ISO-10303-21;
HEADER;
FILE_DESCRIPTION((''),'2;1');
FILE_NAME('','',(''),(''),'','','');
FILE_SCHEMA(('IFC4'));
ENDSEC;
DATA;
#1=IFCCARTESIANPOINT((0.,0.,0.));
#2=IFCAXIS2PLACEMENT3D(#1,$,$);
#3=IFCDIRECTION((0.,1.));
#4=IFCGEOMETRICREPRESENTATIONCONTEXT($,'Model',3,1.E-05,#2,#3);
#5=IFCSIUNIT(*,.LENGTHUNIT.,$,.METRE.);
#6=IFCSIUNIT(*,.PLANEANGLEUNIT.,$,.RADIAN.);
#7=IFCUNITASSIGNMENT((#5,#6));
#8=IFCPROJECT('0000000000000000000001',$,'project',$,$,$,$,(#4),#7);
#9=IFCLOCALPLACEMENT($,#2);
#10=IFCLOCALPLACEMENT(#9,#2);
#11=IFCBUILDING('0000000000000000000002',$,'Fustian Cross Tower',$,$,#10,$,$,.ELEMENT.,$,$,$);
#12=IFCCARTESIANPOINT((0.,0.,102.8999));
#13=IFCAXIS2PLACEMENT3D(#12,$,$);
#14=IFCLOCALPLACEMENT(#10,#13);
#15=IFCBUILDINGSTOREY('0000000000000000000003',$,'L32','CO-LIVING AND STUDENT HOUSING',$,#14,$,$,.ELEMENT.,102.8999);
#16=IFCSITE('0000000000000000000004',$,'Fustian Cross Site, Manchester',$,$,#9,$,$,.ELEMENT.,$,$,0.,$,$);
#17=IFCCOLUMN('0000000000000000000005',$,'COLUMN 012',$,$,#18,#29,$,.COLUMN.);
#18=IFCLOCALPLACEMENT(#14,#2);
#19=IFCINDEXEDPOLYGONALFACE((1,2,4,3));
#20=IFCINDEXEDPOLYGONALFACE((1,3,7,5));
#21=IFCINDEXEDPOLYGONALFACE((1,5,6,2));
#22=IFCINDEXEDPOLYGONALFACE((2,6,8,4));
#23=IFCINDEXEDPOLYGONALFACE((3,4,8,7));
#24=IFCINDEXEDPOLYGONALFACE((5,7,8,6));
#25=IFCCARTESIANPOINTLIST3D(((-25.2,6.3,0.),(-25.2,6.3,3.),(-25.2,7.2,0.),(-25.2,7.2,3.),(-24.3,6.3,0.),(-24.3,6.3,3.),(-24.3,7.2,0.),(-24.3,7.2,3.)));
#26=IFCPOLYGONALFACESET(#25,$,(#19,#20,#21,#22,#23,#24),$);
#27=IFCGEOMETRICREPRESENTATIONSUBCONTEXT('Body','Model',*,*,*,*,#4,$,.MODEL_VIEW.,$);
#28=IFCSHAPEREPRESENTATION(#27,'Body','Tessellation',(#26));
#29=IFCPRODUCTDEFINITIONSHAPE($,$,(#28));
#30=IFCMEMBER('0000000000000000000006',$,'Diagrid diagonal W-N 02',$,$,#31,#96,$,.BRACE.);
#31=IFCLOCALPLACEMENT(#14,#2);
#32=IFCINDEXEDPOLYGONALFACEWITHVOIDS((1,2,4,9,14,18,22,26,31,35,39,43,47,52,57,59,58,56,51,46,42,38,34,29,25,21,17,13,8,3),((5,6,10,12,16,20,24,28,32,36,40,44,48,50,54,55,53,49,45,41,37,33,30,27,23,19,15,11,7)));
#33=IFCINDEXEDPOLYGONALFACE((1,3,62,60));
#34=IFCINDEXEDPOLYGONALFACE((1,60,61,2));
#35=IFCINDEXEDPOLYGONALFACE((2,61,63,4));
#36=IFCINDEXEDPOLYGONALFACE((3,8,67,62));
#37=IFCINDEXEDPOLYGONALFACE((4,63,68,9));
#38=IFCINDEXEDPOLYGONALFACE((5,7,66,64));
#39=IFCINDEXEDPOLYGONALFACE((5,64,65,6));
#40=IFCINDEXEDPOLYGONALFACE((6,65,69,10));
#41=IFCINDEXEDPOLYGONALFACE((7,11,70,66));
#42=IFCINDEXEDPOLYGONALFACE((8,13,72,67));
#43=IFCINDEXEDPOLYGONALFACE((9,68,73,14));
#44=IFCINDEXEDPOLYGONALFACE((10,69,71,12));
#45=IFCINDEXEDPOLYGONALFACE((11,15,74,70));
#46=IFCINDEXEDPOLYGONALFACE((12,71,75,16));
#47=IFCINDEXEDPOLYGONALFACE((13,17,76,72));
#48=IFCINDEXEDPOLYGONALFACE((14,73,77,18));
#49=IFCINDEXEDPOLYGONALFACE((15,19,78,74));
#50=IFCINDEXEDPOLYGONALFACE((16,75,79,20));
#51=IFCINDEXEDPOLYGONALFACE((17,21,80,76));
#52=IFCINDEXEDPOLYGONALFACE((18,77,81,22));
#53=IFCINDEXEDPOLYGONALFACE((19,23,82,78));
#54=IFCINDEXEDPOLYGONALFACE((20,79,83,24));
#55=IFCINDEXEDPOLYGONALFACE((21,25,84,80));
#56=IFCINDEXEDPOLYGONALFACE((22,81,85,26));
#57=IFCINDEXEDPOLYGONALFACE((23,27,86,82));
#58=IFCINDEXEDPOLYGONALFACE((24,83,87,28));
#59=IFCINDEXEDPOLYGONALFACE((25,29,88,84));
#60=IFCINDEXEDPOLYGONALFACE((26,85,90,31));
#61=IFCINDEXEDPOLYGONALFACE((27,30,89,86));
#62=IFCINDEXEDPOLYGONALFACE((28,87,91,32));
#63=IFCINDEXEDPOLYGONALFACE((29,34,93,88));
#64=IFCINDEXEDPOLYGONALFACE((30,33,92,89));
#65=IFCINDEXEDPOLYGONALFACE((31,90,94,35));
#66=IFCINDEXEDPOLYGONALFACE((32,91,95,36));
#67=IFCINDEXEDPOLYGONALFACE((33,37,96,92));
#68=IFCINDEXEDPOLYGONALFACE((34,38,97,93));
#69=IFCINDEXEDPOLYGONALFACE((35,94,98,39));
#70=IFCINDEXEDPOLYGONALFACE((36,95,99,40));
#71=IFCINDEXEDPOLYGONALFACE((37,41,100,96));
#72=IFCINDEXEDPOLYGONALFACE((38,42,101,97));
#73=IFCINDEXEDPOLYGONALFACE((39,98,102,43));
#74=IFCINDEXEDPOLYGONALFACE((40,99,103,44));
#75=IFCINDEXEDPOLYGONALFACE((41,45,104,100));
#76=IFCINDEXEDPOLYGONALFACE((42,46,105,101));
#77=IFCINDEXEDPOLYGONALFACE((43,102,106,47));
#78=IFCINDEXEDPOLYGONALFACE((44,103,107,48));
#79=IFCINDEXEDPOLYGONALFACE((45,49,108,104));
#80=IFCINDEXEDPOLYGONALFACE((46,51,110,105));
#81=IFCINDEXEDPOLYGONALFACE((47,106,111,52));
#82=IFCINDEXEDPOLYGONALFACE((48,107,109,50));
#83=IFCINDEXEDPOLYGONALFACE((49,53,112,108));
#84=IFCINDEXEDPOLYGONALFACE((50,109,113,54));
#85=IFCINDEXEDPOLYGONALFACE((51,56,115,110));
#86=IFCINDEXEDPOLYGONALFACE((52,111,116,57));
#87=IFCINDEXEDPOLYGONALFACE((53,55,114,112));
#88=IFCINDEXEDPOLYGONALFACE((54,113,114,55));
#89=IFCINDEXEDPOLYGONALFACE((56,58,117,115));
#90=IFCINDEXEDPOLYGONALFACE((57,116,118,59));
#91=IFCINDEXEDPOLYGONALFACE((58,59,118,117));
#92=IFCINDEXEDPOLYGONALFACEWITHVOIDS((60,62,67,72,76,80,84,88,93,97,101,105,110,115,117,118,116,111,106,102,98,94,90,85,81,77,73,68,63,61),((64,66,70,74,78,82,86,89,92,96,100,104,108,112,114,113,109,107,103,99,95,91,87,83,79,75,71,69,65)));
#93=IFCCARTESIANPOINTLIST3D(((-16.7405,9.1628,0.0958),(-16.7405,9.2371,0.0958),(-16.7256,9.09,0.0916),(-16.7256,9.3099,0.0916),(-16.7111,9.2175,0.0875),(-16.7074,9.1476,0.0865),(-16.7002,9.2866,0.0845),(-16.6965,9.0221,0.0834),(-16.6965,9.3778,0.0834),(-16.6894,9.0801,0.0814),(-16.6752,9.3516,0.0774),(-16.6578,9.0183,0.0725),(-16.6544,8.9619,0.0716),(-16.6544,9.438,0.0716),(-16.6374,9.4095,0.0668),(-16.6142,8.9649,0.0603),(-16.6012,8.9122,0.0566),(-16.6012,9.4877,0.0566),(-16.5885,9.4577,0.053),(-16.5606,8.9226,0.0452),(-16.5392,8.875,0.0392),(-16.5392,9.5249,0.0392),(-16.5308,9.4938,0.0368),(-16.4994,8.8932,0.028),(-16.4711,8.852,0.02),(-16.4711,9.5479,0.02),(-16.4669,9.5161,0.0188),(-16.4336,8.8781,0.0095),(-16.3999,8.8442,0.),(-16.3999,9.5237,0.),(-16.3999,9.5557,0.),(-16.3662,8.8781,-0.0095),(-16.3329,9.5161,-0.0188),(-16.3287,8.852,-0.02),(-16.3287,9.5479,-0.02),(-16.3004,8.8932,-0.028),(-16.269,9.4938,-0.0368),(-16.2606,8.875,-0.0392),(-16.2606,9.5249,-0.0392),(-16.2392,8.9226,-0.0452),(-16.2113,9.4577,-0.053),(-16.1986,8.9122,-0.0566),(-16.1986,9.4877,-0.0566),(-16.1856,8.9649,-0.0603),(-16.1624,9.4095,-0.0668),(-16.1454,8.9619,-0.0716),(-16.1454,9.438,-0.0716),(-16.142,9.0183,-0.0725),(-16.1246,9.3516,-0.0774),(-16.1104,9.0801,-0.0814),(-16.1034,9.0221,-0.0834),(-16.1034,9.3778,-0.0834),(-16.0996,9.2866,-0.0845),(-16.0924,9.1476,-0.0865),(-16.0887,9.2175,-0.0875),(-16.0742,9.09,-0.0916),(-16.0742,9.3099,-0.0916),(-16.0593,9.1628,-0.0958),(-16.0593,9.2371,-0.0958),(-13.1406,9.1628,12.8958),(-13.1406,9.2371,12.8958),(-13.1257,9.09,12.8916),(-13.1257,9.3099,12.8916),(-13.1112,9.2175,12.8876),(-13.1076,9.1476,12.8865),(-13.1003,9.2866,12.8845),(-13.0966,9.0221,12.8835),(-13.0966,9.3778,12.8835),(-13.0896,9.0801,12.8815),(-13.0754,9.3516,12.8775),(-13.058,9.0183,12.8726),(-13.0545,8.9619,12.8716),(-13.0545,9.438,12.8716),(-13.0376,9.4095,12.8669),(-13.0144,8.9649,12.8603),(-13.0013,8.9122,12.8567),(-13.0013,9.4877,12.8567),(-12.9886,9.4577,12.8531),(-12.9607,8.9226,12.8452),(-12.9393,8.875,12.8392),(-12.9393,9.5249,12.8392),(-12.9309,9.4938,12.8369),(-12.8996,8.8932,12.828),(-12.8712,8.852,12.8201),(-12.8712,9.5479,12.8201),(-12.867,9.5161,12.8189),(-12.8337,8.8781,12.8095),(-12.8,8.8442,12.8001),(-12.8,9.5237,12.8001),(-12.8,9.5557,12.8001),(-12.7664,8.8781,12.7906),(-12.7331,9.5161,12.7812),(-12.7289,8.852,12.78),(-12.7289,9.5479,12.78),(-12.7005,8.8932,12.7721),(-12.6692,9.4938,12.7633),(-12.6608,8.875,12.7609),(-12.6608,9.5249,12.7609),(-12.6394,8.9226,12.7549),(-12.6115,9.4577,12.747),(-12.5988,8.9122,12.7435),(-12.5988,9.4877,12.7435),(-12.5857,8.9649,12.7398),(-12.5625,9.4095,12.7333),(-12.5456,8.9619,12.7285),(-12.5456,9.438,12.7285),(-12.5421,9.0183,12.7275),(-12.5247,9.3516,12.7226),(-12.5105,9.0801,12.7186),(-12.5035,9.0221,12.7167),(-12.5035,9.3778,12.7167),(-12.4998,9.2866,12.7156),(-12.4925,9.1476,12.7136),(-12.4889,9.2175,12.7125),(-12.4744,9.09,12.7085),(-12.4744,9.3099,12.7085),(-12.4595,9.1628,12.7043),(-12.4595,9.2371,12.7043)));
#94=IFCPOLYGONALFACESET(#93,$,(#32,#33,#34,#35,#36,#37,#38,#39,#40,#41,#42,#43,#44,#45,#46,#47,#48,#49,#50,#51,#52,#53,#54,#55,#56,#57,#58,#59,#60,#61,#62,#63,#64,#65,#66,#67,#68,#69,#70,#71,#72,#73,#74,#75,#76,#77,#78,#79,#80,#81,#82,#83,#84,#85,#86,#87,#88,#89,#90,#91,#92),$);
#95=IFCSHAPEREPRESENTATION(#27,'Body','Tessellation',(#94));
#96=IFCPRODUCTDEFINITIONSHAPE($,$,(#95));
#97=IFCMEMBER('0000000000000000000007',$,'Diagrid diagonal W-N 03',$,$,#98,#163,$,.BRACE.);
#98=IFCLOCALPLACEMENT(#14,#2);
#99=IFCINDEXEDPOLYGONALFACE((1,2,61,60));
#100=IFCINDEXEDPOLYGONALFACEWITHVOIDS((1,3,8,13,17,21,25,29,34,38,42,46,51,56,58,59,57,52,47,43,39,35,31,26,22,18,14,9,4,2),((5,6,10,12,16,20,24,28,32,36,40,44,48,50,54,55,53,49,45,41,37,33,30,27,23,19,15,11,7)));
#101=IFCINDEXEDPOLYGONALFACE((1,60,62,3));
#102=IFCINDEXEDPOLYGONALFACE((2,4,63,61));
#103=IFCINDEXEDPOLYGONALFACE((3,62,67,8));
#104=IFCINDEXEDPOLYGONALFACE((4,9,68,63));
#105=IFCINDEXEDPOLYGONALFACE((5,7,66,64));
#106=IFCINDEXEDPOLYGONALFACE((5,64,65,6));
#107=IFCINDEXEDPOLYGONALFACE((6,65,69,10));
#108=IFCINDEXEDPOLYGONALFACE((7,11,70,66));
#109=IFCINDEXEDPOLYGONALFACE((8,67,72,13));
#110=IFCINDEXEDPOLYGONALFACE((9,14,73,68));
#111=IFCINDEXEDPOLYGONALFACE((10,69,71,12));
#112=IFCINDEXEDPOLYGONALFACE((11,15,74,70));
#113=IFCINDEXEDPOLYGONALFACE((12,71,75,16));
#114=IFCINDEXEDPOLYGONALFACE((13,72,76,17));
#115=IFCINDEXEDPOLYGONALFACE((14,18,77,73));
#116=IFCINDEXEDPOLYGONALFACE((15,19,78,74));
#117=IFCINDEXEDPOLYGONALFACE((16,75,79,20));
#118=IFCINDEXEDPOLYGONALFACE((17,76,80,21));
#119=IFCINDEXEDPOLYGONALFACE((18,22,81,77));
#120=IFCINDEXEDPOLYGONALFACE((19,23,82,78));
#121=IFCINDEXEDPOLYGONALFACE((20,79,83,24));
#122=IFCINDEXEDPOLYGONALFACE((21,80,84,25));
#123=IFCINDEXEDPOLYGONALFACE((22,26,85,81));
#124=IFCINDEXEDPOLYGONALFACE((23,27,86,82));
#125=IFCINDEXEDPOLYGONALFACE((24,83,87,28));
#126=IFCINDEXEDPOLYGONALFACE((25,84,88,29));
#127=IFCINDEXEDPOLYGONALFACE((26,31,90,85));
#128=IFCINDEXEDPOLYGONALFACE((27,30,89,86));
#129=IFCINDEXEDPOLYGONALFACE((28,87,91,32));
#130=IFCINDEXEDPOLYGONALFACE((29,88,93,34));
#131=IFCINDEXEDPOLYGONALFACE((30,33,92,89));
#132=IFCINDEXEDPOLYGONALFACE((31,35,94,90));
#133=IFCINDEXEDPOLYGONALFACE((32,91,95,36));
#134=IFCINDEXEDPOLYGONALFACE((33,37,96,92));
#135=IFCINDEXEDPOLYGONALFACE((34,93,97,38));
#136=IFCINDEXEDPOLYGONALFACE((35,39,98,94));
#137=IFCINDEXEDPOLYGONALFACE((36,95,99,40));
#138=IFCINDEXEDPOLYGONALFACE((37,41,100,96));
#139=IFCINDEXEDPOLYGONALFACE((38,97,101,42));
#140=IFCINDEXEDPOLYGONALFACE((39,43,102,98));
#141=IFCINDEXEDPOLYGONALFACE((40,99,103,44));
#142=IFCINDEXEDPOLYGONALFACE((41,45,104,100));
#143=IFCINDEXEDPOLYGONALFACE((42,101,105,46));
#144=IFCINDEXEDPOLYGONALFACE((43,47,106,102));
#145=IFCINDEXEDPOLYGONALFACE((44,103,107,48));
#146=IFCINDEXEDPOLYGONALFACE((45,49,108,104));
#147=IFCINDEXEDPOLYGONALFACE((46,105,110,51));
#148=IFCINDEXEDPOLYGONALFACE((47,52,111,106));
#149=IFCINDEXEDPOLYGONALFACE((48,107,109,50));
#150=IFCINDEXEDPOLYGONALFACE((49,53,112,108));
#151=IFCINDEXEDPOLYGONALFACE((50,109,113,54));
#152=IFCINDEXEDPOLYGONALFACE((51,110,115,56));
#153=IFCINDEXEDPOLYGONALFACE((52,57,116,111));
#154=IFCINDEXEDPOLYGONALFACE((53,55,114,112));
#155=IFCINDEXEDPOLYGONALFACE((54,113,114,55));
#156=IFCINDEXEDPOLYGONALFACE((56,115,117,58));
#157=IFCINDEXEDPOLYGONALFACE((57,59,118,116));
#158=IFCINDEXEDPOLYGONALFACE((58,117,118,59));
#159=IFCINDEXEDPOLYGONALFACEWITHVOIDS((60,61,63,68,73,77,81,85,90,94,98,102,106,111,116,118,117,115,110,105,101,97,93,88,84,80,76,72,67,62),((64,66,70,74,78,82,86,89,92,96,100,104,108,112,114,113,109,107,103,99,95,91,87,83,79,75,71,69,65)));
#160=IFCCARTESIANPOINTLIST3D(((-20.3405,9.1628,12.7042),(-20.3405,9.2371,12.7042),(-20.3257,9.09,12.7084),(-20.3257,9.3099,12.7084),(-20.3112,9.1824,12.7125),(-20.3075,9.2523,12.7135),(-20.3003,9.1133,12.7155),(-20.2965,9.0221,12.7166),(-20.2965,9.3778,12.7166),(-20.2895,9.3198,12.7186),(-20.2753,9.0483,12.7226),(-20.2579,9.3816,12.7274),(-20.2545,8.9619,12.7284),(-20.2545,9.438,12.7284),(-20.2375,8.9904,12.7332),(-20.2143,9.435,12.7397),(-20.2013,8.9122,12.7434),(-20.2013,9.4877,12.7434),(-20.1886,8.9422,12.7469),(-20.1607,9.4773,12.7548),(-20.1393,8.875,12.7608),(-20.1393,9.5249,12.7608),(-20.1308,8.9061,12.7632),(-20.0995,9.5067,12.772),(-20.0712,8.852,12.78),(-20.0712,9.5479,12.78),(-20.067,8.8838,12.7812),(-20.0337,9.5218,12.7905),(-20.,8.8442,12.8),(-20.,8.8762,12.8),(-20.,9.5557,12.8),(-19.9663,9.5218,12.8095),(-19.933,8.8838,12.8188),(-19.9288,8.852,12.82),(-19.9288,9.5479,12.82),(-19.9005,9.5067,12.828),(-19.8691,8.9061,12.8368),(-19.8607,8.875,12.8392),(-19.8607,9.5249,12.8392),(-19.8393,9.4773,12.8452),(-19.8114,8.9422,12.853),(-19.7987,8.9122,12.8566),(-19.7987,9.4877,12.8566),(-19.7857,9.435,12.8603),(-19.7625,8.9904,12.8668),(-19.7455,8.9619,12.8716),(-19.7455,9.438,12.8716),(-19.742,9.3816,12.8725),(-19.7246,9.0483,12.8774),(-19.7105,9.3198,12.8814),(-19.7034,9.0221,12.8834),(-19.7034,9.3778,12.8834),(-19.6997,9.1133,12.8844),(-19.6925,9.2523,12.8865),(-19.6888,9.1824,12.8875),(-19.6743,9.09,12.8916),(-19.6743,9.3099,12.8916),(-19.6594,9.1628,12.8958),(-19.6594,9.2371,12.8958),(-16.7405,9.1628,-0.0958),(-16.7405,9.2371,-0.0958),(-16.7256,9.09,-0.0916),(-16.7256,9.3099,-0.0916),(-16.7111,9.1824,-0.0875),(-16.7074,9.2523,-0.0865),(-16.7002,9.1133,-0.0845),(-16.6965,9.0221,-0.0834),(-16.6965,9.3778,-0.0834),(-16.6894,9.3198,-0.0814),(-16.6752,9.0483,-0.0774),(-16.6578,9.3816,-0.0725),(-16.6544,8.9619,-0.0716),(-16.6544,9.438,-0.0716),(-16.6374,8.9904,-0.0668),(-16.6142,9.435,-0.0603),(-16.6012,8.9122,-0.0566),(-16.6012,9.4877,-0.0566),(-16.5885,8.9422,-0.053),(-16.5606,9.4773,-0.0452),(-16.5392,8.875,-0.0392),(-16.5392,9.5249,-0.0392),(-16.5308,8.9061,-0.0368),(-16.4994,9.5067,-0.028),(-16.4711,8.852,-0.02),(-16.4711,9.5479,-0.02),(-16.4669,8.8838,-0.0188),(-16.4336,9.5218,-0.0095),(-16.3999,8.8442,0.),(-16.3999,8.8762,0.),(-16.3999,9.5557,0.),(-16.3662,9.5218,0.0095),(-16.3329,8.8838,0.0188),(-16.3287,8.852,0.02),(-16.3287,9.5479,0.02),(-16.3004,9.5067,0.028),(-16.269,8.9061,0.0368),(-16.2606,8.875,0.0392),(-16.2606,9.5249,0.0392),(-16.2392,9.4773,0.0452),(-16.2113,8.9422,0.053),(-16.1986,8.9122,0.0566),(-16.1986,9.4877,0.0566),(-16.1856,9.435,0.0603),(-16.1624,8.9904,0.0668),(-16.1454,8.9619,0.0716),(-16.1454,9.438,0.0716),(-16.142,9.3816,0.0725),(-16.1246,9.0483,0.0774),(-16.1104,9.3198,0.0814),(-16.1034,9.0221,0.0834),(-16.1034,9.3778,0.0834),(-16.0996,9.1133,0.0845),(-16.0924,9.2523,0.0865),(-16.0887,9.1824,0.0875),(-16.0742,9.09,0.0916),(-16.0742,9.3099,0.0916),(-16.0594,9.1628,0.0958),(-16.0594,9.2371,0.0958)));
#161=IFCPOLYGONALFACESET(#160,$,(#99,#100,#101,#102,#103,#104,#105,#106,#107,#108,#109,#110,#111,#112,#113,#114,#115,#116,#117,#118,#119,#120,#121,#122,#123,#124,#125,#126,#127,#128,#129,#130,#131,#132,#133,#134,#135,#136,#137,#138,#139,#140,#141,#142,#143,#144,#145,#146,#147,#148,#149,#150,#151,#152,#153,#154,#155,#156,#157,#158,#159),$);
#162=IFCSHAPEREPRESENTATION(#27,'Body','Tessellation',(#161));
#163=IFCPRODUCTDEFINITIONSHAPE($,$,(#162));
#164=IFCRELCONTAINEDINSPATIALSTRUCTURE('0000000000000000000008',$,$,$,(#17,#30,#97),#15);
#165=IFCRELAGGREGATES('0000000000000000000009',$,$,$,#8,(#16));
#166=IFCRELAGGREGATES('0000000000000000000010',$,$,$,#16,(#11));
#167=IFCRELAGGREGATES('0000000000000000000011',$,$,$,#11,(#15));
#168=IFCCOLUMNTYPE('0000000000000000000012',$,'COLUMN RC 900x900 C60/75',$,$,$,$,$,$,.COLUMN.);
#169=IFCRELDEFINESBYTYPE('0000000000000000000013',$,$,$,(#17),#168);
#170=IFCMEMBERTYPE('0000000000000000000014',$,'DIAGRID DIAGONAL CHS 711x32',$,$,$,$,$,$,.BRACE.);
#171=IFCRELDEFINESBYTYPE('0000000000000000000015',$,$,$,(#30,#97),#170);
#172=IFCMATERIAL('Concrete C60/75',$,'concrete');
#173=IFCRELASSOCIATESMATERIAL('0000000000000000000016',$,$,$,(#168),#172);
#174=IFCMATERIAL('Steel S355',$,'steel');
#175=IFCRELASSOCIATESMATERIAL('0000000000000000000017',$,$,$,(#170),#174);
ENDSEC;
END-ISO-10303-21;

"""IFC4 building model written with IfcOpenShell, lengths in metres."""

from ifc_helpers import new_model, si_unit, direction, frame, origin, origin_2d, place, context, subcontext, project, spatial, rectangle, hollow_circle, extrude, material, material_profile, profile_set, type_object, element, save


model = new_model("IFC4")

# Units and contexts
model_context = context("Model", 3, precision=1e-05, world=origin(), true_north=direction((0.0, 1.0)))
body_context = subcontext(model_context, "Body", "Model", "MODEL_VIEW")
ifc_project = project(units=[si_unit("LENGTHUNIT", "METRE"), si_unit("PLANEANGLEUNIT", "RADIAN")], contexts=[model_context])

# Site, building, storey
site_placement = place(None, origin())
site = spatial("IfcSite", under=ifc_project, at=site_placement, Name="Fustian Cross Site, Manchester", CompositionType="ELEMENT", RefElevation=0.0)
building_placement = place(site_placement, origin())
building = spatial("IfcBuilding", under=site, at=building_placement, Name="Fustian Cross Tower", CompositionType="ELEMENT")
storey_placement = place(building_placement, frame((0.0, 0.0, 102.8999)))
storey = spatial("IfcBuildingStorey", under=building, at=storey_placement, Name="L32", Description="CO-LIVING AND STUDENT HOUSING", CompositionType="ELEMENT", Elevation=102.8999)

# Column
ifc_material_1 = material(Name="Concrete C60/75", Category="concrete")
ifc_material_profile_1 = material_profile(ifc_material_1, rectangle(XDim=0.8999, YDim=0.8999, at=origin_2d()), Name="RC 900x900")
ifc_profile_set_1 = profile_set([ifc_material_profile_1], Name="Concrete C60/75")
column_type = type_object("IfcColumnType", Name="COLUMN RC 900x900 C60/75", PredefinedType="COLUMN", material=ifc_profile_set_1)
column_placement = place(storey_placement, frame((-24.75, 6.75, 0.0), z_axis=(0.0, 0.0, 1.0), x_axis=(1.0, 0.0, 0.0)))
element("IfcColumn", 1, at=column_placement, inside=storey, type_object=column_type, Name="COLUMN 012", PredefinedType="COLUMN", context=body_context, shape_type="SweptSolid", body=[
    extrude(rectangle(XDim=0.8999, YDim=0.8999, at=origin_2d()), origin(), (0.0, 0.0, 1.0), 3.0),
])

# Members
ifc_material_2 = material(Name="Steel S355", Category="steel")
ifc_material_profile_2 = material_profile(ifc_material_2, hollow_circle(Radius=0.3557, WallThickness=0.032, at=origin_2d()), Name="CHS 711x32")
ifc_profile_set_2 = profile_set([ifc_material_profile_2], Name="Steel S355")
member_type = type_object("IfcMemberType", Name="DIAGRID DIAGONAL CHS 711x32", PredefinedType="BRACE", material=ifc_profile_set_2)
for number, where, z_axis, x_axis, name in (
    (2, (-16.3999, 9.2, 0.0), (0.270734, 0.0, 0.962654), (0.0, 1.0, 0.0), "Diagrid diagonal W-N 02"),
    (3, (-16.3999, 9.2, 0.0), (-0.270751, 0.0, 0.962649), (0.0, -1.0, 0.0), "Diagrid diagonal W-N 03"),
):
    element("IfcMember", number, at=place(storey_placement, frame(where, z_axis=z_axis, x_axis=x_axis)), inside=storey, type_object=member_type, Name=name, PredefinedType="BRACE", context=body_context, shape_type="SweptSolid", body=[
        extrude(hollow_circle(Radius=0.3557, WallThickness=0.032, at=origin_2d()), origin(), (0.0, 0.0, 1.0), 13.2966),
    ])

save(model, "model.ifc")
